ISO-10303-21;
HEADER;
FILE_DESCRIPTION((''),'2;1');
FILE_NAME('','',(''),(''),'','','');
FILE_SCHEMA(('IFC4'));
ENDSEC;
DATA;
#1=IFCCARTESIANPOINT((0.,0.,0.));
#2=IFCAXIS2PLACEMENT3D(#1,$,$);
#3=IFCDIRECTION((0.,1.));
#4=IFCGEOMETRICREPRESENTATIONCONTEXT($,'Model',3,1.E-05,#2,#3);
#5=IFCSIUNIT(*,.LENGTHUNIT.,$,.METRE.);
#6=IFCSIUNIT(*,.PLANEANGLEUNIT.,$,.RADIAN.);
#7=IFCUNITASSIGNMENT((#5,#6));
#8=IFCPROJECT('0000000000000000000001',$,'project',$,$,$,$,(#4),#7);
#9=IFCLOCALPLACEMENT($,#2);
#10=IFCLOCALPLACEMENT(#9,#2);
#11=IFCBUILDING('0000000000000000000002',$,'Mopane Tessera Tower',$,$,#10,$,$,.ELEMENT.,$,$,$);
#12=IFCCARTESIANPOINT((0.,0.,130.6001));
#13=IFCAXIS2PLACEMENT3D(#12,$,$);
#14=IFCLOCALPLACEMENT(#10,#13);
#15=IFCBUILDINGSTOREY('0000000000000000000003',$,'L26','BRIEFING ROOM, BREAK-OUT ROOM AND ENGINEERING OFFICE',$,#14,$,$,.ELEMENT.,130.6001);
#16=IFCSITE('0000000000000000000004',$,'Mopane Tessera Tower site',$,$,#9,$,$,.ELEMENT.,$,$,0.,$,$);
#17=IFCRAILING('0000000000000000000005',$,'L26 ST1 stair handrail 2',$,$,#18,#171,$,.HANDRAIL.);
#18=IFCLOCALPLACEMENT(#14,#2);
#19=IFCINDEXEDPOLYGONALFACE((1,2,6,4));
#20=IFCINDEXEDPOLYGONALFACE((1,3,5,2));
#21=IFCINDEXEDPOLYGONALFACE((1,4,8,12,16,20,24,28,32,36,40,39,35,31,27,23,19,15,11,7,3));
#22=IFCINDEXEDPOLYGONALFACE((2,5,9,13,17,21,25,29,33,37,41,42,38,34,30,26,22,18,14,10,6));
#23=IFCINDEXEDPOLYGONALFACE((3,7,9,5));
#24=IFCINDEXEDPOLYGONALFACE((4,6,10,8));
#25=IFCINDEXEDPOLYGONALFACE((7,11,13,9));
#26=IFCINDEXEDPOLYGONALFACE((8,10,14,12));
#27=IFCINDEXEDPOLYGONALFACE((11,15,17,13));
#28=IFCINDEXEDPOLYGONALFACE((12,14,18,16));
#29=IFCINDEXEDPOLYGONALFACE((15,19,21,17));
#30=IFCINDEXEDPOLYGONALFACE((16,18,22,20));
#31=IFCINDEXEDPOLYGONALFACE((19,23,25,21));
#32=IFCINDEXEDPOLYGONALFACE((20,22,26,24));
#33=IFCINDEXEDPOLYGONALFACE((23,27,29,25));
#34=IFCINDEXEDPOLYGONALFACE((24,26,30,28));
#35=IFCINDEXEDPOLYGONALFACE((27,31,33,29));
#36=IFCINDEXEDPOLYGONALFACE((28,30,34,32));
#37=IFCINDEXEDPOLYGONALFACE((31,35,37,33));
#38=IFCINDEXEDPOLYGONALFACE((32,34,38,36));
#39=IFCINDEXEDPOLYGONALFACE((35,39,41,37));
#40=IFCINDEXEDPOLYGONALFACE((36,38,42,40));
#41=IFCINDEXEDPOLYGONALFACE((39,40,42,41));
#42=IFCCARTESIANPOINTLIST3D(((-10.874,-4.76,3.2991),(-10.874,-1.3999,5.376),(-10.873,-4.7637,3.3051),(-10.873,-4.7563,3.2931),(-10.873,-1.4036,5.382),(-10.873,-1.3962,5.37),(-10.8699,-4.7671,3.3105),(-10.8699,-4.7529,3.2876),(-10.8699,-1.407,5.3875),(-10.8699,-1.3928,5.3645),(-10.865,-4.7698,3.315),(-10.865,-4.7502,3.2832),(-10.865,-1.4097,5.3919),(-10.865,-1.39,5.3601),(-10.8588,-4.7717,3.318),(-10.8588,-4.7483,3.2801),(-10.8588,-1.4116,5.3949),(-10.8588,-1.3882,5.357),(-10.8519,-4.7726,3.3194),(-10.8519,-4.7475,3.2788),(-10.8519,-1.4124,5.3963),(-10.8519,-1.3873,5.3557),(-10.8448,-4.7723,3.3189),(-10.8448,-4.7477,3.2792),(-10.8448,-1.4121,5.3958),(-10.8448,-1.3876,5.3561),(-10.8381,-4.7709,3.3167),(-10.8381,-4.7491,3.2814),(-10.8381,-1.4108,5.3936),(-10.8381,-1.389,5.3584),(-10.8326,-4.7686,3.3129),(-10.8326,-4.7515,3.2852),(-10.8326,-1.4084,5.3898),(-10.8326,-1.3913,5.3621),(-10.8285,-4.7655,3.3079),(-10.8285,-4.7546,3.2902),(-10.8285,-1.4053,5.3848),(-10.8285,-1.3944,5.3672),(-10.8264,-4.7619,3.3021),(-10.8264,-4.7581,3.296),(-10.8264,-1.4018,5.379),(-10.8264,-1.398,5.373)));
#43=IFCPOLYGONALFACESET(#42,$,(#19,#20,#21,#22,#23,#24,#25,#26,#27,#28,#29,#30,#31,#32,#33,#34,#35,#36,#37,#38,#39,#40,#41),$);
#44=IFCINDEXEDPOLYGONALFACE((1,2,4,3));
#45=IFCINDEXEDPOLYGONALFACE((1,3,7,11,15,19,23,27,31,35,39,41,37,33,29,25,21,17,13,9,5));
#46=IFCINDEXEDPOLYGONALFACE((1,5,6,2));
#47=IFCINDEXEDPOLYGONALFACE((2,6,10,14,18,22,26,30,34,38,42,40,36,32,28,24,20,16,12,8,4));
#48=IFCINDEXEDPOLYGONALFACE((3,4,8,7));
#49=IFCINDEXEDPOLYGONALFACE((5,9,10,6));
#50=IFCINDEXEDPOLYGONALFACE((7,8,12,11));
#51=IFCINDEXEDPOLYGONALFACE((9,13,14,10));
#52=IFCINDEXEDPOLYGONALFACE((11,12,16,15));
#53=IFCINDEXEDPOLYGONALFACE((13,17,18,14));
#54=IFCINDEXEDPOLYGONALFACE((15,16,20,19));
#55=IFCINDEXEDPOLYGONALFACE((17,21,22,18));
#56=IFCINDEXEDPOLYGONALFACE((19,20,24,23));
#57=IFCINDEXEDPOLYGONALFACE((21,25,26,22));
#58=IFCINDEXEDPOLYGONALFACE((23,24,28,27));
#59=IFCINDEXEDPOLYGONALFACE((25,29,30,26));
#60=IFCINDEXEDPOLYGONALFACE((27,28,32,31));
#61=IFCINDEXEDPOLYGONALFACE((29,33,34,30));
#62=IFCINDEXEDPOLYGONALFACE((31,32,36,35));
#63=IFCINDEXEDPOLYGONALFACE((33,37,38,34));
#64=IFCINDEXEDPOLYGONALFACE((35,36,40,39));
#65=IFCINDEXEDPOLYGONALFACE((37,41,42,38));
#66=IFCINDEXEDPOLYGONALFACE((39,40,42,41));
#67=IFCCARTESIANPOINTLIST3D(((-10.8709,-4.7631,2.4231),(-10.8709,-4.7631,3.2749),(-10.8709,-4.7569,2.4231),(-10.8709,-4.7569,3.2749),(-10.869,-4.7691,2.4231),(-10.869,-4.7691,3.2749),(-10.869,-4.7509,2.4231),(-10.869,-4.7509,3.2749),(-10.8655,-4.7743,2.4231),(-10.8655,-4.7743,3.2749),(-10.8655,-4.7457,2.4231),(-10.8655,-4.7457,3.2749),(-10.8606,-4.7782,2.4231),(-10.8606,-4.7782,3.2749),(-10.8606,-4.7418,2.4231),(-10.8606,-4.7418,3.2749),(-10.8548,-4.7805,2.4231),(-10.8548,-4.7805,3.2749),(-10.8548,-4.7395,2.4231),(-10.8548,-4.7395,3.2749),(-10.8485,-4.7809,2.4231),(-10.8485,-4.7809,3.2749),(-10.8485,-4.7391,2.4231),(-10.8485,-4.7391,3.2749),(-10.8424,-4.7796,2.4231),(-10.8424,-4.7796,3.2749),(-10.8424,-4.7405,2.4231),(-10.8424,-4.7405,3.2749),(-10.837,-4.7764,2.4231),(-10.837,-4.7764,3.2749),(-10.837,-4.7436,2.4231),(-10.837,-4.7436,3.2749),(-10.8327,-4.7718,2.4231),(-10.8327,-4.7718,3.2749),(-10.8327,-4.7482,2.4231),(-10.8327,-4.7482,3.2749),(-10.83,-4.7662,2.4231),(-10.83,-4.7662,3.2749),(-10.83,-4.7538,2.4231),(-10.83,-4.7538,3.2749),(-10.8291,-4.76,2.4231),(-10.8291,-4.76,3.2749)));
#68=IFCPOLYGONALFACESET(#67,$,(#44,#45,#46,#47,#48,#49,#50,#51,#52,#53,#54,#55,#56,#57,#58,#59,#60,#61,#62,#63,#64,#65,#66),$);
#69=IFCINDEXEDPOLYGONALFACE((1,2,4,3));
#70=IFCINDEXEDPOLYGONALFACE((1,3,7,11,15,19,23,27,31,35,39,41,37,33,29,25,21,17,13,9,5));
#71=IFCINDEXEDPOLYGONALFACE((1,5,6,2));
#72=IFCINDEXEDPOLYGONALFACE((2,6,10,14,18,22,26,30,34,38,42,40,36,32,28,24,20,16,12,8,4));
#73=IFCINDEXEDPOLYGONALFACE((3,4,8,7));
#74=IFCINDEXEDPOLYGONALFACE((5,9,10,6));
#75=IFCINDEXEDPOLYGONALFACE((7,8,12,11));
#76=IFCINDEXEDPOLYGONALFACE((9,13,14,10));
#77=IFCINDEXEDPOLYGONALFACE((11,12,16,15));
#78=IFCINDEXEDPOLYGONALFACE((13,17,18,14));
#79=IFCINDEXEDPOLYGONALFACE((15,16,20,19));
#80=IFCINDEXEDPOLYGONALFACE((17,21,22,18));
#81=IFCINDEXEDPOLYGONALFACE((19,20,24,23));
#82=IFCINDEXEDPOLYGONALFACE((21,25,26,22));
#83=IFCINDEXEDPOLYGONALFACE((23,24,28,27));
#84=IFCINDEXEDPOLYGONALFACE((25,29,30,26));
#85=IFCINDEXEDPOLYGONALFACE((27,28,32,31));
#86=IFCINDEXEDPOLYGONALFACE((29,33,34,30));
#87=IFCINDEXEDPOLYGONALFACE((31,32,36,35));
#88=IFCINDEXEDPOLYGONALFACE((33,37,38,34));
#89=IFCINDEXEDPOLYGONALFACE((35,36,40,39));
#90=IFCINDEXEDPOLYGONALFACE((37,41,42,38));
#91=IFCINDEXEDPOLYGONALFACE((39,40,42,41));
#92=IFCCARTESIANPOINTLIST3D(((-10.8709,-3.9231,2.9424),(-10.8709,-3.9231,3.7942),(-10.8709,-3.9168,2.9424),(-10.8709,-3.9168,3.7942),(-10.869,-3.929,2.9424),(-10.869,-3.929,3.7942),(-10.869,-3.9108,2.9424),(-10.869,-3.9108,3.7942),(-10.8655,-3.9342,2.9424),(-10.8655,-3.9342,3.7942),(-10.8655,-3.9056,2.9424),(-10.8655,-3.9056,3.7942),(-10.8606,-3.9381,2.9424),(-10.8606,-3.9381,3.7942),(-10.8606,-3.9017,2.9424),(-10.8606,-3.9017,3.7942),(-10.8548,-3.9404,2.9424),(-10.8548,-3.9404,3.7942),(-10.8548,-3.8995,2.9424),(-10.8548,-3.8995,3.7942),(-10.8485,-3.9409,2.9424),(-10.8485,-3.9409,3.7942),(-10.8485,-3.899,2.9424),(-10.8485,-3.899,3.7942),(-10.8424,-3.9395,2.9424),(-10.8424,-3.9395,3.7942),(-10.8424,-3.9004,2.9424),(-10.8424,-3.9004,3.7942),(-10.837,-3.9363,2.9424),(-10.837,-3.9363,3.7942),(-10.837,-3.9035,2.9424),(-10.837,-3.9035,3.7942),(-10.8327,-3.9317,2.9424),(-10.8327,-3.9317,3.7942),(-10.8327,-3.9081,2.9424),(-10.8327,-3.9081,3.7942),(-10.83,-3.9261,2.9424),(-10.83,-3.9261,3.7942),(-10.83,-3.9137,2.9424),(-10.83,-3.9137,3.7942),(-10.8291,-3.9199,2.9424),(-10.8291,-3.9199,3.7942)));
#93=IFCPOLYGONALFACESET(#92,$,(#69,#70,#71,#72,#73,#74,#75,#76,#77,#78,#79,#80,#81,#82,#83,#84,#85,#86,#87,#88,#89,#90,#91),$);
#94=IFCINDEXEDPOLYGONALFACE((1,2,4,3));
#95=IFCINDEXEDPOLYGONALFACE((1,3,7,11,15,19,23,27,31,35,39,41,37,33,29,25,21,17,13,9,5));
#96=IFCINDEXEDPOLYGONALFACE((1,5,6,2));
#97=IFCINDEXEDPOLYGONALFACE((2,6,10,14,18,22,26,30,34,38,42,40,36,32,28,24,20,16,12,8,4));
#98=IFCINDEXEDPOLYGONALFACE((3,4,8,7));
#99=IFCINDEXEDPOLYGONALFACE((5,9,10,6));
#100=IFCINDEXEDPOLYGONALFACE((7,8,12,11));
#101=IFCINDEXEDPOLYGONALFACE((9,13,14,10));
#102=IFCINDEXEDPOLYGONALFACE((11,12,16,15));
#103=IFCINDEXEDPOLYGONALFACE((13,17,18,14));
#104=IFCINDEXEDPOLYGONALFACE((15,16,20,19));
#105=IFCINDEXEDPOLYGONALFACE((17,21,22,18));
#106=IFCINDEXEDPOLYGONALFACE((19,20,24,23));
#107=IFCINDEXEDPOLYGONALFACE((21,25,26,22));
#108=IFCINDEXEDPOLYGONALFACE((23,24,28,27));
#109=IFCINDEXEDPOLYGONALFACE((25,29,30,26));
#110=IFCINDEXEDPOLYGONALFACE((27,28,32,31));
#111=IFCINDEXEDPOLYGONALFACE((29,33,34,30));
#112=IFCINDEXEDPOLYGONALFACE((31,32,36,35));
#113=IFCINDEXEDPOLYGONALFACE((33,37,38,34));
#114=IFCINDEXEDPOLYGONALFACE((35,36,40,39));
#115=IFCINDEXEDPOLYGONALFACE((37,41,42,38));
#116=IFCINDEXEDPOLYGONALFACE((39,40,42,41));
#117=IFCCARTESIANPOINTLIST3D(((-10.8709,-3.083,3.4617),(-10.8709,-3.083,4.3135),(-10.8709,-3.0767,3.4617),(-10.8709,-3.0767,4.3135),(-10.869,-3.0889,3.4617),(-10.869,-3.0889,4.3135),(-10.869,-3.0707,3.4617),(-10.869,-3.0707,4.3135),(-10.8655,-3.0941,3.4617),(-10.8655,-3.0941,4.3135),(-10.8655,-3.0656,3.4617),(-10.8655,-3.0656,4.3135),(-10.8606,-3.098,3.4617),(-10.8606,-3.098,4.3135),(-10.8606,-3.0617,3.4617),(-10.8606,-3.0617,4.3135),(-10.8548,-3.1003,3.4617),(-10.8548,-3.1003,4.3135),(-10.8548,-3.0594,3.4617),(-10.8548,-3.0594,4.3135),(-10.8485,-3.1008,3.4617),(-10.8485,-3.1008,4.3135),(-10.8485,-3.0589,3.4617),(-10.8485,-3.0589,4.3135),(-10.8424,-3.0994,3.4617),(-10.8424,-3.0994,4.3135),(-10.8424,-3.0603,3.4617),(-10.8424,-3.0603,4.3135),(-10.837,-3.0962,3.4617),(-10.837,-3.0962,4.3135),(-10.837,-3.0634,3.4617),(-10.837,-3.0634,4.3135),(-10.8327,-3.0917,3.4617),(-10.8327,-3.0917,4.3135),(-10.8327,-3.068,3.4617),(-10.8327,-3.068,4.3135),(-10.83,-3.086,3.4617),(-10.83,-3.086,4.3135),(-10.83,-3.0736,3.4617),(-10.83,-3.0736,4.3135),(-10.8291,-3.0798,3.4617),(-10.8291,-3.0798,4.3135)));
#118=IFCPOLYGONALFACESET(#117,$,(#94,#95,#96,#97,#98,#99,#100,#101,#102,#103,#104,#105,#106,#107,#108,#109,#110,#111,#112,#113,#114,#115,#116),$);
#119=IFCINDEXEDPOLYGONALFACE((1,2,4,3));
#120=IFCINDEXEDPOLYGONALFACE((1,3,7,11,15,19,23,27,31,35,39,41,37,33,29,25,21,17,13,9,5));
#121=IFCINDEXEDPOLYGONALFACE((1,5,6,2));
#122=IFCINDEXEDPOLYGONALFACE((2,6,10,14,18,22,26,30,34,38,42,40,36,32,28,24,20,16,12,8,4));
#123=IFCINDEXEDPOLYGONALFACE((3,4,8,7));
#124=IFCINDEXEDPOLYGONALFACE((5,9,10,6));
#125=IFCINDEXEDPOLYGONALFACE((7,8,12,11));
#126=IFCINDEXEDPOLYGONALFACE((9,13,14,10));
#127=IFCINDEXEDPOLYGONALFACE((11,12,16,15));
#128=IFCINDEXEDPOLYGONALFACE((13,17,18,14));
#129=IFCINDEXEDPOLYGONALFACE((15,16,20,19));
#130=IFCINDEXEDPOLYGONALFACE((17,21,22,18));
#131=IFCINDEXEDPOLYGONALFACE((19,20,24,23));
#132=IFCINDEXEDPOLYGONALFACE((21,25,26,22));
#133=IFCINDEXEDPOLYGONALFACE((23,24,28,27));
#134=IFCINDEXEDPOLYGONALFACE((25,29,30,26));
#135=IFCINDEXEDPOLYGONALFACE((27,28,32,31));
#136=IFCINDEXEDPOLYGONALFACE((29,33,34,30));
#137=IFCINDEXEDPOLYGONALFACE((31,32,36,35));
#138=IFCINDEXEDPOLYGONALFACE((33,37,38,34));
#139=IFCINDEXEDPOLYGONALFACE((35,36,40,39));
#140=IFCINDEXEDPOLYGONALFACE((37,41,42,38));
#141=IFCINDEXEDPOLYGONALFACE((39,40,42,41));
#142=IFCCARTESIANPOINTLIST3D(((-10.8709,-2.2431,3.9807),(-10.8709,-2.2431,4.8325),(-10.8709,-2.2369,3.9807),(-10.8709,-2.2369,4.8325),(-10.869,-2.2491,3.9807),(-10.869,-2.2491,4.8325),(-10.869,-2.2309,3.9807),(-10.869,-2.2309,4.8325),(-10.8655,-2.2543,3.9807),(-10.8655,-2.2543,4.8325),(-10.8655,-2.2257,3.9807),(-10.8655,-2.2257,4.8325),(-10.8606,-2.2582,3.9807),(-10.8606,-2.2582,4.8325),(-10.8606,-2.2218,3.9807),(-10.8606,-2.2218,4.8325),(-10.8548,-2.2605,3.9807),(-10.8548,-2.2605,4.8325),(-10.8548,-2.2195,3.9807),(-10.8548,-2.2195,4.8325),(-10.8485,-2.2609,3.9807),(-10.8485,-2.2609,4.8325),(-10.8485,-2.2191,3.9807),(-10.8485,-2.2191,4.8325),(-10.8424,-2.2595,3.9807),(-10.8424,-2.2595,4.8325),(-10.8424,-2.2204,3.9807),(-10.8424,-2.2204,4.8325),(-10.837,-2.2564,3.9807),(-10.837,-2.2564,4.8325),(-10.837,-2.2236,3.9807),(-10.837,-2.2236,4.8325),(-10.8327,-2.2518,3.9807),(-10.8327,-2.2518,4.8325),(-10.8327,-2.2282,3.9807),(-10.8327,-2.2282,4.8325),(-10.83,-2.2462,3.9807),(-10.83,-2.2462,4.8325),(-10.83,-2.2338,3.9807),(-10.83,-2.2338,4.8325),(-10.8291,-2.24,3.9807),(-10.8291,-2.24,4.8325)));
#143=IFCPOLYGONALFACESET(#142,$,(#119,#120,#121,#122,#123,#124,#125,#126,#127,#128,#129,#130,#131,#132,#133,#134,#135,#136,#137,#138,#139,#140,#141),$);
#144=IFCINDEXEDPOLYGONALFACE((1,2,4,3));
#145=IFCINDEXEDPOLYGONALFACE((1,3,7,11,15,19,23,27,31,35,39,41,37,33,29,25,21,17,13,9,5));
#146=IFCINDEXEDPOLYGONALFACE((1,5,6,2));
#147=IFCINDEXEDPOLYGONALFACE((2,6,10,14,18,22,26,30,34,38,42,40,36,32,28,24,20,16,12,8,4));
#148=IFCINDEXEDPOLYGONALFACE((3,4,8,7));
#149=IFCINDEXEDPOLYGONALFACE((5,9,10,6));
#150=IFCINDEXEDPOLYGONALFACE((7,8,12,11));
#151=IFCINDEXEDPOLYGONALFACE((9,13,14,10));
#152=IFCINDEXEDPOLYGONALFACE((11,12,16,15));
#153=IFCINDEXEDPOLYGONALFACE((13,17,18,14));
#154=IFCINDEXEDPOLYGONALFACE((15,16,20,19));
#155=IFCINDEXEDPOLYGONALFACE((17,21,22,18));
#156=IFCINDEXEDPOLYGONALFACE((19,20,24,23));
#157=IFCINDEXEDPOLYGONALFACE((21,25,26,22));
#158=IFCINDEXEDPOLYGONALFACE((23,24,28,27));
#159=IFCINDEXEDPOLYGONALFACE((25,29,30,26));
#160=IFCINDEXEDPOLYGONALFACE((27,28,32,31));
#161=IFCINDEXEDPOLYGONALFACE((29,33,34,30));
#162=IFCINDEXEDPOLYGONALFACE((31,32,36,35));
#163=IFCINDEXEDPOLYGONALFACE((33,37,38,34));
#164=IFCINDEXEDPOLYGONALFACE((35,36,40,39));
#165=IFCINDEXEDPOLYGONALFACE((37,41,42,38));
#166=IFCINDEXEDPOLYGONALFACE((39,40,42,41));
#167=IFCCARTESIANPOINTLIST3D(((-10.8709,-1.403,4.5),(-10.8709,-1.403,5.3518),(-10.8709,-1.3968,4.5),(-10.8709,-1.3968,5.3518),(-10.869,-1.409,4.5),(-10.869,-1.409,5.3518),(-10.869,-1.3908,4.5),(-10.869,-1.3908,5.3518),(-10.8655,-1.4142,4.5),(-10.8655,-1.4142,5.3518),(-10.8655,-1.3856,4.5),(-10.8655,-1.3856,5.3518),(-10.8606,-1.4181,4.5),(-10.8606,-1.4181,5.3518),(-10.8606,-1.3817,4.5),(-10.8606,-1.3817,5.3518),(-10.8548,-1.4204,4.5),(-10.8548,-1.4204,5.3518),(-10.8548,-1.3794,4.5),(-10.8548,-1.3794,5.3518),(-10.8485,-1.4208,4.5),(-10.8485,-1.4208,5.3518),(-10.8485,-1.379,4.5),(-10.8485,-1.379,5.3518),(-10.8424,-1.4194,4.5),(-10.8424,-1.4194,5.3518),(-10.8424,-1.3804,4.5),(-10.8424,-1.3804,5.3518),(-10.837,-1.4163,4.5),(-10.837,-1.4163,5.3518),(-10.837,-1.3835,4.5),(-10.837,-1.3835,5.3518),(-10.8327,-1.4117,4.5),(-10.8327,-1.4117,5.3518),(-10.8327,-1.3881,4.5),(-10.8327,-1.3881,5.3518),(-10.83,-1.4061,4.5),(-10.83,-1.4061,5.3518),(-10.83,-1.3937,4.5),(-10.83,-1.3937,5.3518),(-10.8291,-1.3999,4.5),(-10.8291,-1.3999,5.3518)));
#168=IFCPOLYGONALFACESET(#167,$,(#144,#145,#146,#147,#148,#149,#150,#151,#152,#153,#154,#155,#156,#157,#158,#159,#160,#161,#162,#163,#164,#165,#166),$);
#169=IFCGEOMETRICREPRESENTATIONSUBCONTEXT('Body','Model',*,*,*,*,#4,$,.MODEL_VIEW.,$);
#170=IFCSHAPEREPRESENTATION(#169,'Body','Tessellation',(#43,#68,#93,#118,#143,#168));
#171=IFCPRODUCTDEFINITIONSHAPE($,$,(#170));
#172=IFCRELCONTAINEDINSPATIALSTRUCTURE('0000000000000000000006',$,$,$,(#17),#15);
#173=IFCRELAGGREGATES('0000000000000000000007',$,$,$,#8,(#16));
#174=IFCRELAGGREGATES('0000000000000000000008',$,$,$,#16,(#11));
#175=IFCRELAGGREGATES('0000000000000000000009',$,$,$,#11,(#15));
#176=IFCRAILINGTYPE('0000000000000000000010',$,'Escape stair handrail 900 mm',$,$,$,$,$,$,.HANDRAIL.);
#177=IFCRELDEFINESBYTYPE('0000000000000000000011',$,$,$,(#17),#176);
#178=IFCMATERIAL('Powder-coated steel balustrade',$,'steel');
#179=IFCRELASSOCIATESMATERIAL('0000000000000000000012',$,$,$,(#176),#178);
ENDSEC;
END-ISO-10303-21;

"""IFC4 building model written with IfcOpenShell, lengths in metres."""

from ifc_helpers import new_model, si_unit, direction, frame, origin, origin_2d, place, context, subcontext, project, spatial, circle, extrude, material, type_object, element, save


model = new_model("IFC4")

# Units and contexts
model_context = context("Model", 3, precision=1e-05, world=origin(), true_north=direction((0.0, 1.0)))
body_context = subcontext(model_context, "Body", "Model", "MODEL_VIEW")
ifc_project = project(units=[si_unit("LENGTHUNIT", "METRE"), si_unit("PLANEANGLEUNIT", "RADIAN")], contexts=[model_context])

# Site, building, storey
site_placement = place(None, origin())
site = spatial("IfcSite", under=ifc_project, at=site_placement, Name="Mopane Tessera Tower site", CompositionType="ELEMENT", RefElevation=0.0)
building_placement = place(site_placement, origin())
building = spatial("IfcBuilding", under=site, at=building_placement, Name="Mopane Tessera Tower", CompositionType="ELEMENT")
storey_placement = place(building_placement, frame((0.0, 0.0, 130.6001)))
storey = spatial("IfcBuildingStorey", under=building, at=storey_placement, Name="L26", Description="BRIEFING ROOM, BREAK-OUT ROOM AND ENGINEERING OFFICE", CompositionType="ELEMENT", Elevation=130.6001)

# Railing
ifc_material_1 = material(Name="Powder-coated steel balustrade", Category="steel")
railing_type_1 = type_object("IfcRailingType", Name="Escape stair handrail 900 mm", PredefinedType="HANDRAIL", material=ifc_material_1)
railing_1_placement = place(storey_placement, frame((-10.8501, -4.76, 2.4231)))
element("IfcRailing", 1, at=railing_1_placement, inside=storey, type_object=railing_type_1, Name="L26 ST1 stair handrail 2", PredefinedType="HANDRAIL", context=body_context, shape_type="SweptSolid", body=[
    extrude(circle(Radius=0.0239, at=origin_2d()), frame((0.0, 0.0, 0.876), z_axis=(0.0, 0.850623, 0.525776), x_axis=(-1.0, 0.0, 0.0)), (0.0, 0.0, 1.0), 3.9502),
    extrude(circle(Radius=0.021, at=origin_2d()), origin(), (0.0, 0.0, 1.0), 0.8518),
    extrude(circle(Radius=0.021, at=origin_2d()), frame((0.0, 0.8401, 0.5193)), (0.0, 0.0, 1.0), 0.8518),
    extrude(circle(Radius=0.021, at=origin_2d()), frame((0.0, 1.6802, 1.0386)), (0.0, 0.0, 1.0), 0.8518),
    extrude(circle(Radius=0.021, at=origin_2d()), frame((0.0, 2.52, 1.5576)), (0.0, 0.0, 1.0), 0.8518),
    extrude(circle(Radius=0.021, at=origin_2d()), frame((0.0, 3.3601, 2.0769)), (0.0, 0.0, 1.0), 0.8518),
])

save(model, "model.ifc")
